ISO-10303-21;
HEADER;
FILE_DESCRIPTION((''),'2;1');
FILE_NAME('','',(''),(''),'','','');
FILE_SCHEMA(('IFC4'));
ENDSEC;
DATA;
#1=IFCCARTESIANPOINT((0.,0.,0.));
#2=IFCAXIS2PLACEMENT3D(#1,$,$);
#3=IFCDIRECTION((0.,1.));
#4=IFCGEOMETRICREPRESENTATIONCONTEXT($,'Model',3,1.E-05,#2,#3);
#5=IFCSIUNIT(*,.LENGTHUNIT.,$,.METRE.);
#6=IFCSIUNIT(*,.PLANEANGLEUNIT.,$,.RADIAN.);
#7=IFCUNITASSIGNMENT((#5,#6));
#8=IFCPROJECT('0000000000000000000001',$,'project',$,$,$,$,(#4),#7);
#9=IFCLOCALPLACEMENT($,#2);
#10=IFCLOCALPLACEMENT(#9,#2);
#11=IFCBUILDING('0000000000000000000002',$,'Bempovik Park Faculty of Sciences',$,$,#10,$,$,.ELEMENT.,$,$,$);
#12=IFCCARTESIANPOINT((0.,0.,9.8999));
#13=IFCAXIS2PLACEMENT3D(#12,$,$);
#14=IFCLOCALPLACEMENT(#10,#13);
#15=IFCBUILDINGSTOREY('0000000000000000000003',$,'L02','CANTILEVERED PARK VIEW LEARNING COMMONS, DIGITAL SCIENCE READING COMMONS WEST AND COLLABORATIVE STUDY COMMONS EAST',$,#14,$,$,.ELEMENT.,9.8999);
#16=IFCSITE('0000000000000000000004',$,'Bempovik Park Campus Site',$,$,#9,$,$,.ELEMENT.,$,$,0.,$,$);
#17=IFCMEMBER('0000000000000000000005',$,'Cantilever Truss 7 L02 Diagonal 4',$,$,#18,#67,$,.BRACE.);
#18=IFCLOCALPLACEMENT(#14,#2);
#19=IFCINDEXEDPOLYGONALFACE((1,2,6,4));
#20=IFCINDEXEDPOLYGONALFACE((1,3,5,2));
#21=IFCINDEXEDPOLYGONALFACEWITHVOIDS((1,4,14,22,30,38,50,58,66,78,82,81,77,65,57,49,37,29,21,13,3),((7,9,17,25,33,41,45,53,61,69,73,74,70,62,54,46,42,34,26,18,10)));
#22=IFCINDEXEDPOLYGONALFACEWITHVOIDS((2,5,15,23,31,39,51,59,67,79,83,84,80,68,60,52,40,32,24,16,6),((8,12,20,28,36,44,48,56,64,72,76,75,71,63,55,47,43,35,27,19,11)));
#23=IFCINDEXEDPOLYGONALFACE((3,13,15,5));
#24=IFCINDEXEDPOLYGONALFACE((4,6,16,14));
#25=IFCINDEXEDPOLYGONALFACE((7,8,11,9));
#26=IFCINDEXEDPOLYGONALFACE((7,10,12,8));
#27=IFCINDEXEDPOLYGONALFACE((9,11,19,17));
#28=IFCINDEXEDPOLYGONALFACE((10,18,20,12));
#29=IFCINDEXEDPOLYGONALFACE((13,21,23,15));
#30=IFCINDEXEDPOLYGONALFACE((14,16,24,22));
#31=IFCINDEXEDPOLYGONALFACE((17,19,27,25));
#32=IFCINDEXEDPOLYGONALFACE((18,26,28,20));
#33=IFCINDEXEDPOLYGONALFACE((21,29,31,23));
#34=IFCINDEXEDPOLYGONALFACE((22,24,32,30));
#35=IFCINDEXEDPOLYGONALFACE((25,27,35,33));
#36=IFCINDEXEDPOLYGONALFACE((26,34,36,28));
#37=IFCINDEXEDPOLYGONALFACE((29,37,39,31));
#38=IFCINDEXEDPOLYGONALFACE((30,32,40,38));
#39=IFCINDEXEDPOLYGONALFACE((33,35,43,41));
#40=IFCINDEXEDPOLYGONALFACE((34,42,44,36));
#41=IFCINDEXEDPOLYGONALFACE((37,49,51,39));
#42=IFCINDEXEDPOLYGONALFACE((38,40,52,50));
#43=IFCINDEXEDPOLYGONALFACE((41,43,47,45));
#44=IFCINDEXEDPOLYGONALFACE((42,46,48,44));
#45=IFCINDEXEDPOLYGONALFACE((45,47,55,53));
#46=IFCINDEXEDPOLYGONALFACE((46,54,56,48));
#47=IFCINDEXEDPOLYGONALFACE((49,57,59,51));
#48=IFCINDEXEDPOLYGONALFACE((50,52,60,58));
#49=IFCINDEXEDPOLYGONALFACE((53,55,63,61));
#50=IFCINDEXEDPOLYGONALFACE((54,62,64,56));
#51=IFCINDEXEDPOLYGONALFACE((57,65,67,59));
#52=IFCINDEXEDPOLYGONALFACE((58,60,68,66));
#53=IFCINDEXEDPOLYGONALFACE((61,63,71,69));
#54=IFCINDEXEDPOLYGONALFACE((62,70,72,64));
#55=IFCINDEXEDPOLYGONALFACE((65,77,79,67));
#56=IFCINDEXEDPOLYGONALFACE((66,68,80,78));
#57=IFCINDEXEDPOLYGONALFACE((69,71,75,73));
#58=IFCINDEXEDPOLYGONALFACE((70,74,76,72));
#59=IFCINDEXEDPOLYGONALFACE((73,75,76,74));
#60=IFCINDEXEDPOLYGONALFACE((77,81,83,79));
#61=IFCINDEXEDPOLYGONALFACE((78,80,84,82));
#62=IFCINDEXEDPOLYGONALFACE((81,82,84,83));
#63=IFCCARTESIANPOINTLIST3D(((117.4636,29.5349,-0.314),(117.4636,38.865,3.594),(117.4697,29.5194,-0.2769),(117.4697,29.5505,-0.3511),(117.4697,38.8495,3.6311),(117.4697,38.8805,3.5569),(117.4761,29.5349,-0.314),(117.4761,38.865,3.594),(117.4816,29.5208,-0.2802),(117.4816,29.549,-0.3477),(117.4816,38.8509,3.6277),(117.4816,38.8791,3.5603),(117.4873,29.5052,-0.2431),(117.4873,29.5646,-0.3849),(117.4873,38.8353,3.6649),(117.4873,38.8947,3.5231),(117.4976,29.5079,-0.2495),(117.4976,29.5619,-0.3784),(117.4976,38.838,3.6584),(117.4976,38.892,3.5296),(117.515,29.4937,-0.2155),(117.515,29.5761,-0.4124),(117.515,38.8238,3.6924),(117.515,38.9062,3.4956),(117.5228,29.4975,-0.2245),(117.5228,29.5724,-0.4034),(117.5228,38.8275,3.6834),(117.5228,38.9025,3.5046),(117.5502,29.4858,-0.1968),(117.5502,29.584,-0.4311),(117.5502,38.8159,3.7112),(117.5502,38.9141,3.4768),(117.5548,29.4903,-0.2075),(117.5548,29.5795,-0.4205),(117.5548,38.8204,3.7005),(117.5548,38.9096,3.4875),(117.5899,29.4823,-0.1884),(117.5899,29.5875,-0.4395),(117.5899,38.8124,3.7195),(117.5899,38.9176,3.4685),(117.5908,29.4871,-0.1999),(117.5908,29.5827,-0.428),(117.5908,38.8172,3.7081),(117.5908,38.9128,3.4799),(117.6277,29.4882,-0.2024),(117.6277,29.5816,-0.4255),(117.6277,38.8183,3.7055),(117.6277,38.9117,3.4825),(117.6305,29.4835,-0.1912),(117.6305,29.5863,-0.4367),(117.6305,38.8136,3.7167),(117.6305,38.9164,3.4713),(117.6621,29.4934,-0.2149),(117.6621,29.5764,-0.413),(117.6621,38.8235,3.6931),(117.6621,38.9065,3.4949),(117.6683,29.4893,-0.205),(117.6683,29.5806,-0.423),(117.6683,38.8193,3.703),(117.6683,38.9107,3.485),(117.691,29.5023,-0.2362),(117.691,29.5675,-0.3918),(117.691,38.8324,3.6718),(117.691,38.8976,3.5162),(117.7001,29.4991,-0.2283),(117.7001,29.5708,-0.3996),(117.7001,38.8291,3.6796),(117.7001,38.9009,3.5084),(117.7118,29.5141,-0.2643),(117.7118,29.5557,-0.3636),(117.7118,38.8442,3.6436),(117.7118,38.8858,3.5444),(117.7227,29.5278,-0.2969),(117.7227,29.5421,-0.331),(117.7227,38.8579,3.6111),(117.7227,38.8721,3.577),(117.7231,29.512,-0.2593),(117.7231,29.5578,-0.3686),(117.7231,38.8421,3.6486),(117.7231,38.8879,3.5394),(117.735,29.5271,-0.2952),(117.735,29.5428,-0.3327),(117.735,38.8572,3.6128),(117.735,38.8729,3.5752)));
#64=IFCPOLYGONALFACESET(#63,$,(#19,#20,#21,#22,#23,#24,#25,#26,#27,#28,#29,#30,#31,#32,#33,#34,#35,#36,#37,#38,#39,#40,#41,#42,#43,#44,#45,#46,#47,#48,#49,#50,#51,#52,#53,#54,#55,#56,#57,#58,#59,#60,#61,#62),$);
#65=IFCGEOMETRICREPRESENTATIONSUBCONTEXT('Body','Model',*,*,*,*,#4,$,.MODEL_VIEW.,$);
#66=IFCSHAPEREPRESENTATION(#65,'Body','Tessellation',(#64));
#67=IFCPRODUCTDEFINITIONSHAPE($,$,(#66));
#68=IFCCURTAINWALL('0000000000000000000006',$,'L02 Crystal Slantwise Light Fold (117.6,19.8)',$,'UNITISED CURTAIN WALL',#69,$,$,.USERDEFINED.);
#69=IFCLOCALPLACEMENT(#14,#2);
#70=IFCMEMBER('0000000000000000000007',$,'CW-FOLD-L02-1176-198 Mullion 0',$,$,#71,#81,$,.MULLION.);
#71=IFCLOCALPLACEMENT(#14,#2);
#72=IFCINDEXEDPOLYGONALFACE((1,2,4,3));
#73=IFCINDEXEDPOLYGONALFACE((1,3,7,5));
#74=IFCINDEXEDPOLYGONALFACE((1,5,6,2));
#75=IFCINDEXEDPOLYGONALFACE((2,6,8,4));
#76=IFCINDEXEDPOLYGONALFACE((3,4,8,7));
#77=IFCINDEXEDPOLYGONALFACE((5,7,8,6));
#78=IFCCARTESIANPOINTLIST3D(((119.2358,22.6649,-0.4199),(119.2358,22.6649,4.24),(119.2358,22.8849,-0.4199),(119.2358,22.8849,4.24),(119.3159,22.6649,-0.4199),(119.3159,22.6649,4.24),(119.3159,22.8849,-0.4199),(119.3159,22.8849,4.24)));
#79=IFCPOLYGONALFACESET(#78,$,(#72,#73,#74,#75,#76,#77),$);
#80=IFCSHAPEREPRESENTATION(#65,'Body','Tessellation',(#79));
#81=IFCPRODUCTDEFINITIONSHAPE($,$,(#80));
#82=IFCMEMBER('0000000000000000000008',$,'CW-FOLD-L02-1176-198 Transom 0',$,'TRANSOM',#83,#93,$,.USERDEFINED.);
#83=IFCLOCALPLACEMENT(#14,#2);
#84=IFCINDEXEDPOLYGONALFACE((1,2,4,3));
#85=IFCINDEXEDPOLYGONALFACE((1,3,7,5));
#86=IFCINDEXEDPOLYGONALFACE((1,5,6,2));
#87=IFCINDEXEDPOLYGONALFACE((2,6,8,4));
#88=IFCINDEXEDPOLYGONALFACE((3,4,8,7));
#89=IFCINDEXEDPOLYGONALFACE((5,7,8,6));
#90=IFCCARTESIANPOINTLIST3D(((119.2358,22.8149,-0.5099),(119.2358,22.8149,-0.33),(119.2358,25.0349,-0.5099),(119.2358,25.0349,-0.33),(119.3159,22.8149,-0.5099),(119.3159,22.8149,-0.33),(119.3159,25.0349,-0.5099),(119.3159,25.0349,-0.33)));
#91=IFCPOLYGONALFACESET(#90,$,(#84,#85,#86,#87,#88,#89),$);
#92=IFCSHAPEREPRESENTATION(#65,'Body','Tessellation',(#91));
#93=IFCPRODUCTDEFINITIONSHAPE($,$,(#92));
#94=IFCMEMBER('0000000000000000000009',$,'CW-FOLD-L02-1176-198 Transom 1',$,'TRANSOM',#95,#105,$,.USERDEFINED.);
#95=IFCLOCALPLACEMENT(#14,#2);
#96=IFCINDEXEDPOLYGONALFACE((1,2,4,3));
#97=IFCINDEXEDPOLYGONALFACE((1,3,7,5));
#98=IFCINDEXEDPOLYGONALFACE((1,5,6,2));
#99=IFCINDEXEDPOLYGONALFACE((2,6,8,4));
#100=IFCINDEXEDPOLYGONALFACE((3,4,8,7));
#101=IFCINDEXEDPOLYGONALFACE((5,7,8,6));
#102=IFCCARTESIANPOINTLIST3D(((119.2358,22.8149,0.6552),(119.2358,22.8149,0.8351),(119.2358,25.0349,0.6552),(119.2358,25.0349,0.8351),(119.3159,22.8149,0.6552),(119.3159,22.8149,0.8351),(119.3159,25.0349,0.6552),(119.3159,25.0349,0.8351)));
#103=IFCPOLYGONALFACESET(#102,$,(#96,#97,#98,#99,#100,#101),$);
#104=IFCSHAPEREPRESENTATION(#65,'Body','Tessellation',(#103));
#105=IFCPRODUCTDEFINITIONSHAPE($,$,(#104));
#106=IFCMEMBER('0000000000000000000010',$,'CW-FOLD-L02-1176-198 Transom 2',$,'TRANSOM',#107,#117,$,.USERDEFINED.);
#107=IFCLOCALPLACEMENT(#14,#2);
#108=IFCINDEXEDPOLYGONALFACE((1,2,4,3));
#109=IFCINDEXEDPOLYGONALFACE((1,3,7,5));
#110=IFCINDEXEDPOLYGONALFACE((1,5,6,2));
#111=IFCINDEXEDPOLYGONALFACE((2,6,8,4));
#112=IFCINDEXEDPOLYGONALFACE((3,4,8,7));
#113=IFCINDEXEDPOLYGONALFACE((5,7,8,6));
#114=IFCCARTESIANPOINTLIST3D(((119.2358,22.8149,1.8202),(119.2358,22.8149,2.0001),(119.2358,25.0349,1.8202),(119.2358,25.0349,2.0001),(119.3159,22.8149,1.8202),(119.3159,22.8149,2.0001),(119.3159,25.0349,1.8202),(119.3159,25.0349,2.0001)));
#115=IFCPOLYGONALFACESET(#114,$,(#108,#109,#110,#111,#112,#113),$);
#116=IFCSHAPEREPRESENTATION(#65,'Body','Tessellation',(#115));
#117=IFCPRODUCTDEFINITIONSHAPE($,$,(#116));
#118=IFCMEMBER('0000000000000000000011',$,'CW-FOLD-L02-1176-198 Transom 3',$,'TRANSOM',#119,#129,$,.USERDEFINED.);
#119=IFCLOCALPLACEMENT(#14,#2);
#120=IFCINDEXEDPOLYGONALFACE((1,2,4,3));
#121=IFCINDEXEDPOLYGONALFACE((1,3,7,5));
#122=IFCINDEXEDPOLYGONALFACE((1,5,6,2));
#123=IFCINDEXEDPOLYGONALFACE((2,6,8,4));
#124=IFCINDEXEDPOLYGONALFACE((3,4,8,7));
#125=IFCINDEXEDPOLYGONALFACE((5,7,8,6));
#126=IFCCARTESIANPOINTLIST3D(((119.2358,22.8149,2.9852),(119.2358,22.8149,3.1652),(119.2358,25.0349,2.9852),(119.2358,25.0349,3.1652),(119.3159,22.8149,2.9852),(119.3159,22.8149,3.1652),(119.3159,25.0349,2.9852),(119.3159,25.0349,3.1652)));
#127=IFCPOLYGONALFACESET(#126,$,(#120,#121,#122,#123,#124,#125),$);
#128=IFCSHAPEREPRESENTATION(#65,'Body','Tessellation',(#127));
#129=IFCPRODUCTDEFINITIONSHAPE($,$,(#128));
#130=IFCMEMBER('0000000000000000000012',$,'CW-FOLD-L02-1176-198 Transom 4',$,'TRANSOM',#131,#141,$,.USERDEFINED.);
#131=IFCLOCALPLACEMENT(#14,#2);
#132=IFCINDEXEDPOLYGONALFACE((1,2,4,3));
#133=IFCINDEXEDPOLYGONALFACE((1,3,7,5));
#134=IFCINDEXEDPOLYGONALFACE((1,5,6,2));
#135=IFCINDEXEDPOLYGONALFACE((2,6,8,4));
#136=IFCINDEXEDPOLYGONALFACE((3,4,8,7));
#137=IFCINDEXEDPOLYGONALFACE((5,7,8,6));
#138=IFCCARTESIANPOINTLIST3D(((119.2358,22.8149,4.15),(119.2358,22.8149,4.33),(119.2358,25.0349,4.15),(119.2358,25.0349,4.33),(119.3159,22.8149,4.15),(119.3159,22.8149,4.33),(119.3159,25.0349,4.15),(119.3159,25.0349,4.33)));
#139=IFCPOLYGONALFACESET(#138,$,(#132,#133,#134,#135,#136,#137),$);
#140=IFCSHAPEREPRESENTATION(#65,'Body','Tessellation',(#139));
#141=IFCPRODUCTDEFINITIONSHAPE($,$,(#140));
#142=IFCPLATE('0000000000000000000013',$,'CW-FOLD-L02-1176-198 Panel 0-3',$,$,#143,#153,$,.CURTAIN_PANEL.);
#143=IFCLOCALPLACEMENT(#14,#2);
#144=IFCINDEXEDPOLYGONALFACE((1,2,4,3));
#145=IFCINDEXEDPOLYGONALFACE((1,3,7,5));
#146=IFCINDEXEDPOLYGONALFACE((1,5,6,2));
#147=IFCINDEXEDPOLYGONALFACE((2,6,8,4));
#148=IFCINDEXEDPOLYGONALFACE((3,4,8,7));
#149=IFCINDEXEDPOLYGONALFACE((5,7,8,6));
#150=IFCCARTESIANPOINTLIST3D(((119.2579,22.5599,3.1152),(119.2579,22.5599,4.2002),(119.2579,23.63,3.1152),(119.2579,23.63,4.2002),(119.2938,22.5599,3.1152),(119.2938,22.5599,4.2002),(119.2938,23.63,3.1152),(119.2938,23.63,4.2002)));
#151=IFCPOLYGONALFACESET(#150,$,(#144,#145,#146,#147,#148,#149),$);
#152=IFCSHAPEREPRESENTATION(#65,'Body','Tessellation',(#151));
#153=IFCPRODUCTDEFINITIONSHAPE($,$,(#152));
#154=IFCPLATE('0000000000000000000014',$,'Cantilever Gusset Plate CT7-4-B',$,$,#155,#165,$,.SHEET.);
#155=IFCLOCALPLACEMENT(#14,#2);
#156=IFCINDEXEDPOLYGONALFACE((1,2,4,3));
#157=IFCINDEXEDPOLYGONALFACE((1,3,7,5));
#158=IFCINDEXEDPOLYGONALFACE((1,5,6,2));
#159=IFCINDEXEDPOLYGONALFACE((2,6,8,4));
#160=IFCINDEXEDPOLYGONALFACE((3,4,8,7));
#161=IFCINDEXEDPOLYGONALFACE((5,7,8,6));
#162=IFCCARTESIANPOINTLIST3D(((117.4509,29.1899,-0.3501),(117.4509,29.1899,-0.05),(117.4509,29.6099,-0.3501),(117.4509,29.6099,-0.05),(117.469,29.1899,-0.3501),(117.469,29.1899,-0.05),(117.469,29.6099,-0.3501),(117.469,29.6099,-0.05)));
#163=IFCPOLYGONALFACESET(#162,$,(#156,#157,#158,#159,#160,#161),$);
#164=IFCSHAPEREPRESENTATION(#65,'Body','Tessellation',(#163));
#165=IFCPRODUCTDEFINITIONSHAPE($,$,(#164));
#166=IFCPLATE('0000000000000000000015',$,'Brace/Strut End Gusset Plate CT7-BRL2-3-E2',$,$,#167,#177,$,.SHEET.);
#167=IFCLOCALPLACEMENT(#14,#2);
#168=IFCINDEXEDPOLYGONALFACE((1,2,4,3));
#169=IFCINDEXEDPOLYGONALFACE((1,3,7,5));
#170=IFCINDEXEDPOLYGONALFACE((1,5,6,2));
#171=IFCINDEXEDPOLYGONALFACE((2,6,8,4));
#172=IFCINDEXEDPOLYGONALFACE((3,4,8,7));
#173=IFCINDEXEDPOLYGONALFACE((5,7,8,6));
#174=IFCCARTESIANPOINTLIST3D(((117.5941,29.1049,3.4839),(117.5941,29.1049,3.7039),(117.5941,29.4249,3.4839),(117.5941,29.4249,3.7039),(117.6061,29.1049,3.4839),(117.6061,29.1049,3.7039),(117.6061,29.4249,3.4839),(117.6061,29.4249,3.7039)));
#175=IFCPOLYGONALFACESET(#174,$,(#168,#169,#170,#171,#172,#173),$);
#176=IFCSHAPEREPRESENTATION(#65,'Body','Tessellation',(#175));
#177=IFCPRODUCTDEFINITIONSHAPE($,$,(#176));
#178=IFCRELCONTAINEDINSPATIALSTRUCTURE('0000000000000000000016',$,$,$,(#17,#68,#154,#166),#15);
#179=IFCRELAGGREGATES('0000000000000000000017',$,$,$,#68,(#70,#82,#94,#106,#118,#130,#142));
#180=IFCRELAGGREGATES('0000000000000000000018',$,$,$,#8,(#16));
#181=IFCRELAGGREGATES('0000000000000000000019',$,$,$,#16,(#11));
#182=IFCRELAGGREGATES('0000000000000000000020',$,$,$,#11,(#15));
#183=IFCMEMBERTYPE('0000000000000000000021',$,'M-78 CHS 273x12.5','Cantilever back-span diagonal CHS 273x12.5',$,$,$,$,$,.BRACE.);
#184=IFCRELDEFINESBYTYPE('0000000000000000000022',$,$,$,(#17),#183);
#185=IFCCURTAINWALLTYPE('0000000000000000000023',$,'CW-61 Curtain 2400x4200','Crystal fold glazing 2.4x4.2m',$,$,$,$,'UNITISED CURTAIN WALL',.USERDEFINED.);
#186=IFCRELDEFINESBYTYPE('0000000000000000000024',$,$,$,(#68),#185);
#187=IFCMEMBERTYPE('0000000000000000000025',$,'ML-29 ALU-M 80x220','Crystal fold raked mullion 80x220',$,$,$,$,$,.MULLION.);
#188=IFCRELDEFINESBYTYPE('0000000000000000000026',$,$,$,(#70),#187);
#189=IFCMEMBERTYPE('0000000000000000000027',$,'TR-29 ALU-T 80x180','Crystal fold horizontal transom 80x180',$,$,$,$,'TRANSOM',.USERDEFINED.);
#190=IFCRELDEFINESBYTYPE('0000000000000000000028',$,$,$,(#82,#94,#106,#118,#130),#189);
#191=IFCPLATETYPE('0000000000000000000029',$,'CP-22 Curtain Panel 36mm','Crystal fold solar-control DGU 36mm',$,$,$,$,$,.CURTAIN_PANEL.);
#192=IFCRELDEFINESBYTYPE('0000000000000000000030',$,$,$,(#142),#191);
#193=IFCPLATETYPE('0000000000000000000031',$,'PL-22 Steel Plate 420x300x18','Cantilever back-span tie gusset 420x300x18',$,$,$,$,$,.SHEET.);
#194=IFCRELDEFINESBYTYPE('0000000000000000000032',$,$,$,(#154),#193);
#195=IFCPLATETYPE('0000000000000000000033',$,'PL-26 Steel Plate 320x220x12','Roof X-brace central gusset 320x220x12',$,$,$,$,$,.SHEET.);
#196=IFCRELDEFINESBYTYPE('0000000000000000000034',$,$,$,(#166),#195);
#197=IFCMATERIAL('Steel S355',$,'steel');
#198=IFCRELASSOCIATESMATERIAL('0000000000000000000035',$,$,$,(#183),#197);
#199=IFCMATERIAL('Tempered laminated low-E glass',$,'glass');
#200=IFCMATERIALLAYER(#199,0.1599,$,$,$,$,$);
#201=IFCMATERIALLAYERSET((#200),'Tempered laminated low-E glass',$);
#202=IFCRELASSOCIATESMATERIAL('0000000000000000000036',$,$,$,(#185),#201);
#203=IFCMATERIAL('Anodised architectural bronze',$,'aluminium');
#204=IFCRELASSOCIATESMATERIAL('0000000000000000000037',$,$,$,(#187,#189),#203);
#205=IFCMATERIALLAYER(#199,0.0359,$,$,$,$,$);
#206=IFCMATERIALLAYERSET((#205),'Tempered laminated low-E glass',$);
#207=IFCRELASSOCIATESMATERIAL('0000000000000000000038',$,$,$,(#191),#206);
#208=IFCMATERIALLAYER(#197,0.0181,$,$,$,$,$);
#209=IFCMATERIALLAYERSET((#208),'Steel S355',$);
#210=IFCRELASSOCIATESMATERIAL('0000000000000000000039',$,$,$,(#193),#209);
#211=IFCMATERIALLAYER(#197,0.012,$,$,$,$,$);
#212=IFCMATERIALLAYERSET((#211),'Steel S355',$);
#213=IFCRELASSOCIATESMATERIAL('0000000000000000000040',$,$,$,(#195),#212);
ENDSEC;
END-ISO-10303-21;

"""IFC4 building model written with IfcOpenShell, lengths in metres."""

from ifc_helpers import new_model, si_unit, direction, frame, origin, origin_2d, place, context, subcontext, project, spatial, rectangle, hollow_circle, extrude, material, layer, layer_set, material_profile, profile_set, type_object, element, aggregate, save


model = new_model("IFC4")

# Units and contexts
model_context = context("Model", 3, precision=1e-05, world=origin(), true_north=direction((0.0, 1.0)))
body_context = subcontext(model_context, "Body", "Model", "MODEL_VIEW")
ifc_project = project(units=[si_unit("LENGTHUNIT", "METRE"), si_unit("PLANEANGLEUNIT", "RADIAN")], contexts=[model_context])

# Site, building, storey
site_placement = place(None, origin())
site = spatial("IfcSite", under=ifc_project, at=site_placement, Name="Bempovik Park Campus Site", CompositionType="ELEMENT", RefElevation=0.0)
building_placement = place(site_placement, origin())
building = spatial("IfcBuilding", under=site, at=building_placement, Name="Bempovik Park Faculty of Sciences", CompositionType="ELEMENT")
storey_placement = place(building_placement, frame((0.0, 0.0, 9.8999)))
storey = spatial("IfcBuildingStorey", under=building, at=storey_placement, Name="L02", Description="CANTILEVERED PARK VIEW LEARNING COMMONS, DIGITAL SCIENCE READING COMMONS WEST AND COLLABORATIVE STUDY COMMONS EAST", CompositionType="ELEMENT", Elevation=9.8999)

# Member
ifc_material_1 = material(Name="Steel S355", Category="steel")
ifc_material_profile_1 = material_profile(ifc_material_1, hollow_circle(Radius=0.1365, WallThickness=0.0125, at=origin_2d()), Name="CHS 273x12.5")
ifc_profile_set_1 = profile_set([ifc_material_profile_1], Name="Steel S355")
member_type_1 = type_object("IfcMemberType", Name="M-78 CHS 273x12.5", Description="Cantilever back-span diagonal CHS 273x12.5", PredefinedType="BRACE", material=ifc_profile_set_1)
member_1_placement = place(storey_placement, frame((117.6001, 29.5349, -0.314), z_axis=(0.0, 0.922358, 0.386335), x_axis=(-1.0, 0.0, 0.0)))
element("IfcMember", 1, at=member_1_placement, inside=storey, type_object=member_type_1, Name="Cantilever Truss 7 L02 Diagonal 4", PredefinedType="BRACE", context=body_context, shape_type="SweptSolid", body=[
    extrude(hollow_circle(Radius=0.1365, WallThickness=0.0125, at=origin_2d()), origin(), (0.0, 0.0, 1.0), 10.1155),
])

# Curtain wall, members, plate
ifc_material_2 = material(Name="Tempered laminated low-E glass", Category="glass")
ifc_layer_1 = layer(ifc_material_2, 0.1599)
ifc_layer_set_1 = layer_set([ifc_layer_1], Name="Tempered laminated low-E glass")
curtain_wall_type = type_object("IfcCurtainWallType", Name="CW-61 Curtain 2400x4200", Description="Crystal fold glazing 2.4x4.2m", ElementType="UNITISED CURTAIN WALL", PredefinedType="USERDEFINED", material=ifc_layer_set_1)
curtain_wall_placement = place(storey_placement, origin())
curtain_wall = element("IfcCurtainWall", 2, at=curtain_wall_placement, inside=storey, type_object=curtain_wall_type, Name="L02 Crystal Slantwise Light Fold (117.6,19.8)", ObjectType="UNITISED CURTAIN WALL", PredefinedType="USERDEFINED")
ifc_material_3 = material(Name="Anodised architectural bronze", Category="aluminium")
ifc_material_profile_2 = material_profile(ifc_material_3, rectangle(XDim=0.0801, YDim=0.22, at=origin_2d()), Name="ALU-M 80x220")
ifc_profile_set_2 = profile_set([ifc_material_profile_2], Name="Anodised architectural bronze")
member_type_2 = type_object("IfcMemberType", Name="ML-29 ALU-M 80x220", Description="Crystal fold raked mullion 80x220", PredefinedType="MULLION", material=ifc_profile_set_2)
member_2_placement = place(storey_placement, frame((119.2759, 22.7749, -0.4199), z_axis=(0.0, 0.0, 1.0), x_axis=(1.0, 0.0, 0.0)))
member_2 = element("IfcMember", 3, at=member_2_placement, type_object=member_type_2, Name="CW-FOLD-L02-1176-198 Mullion 0", PredefinedType="MULLION", context=body_context, shape_type="SweptSolid", body=[
    extrude(rectangle(XDim=0.0801, YDim=0.22, at=origin_2d()), origin(), (0.0, 0.0, 1.0), 4.6599),
])
ifc_material_profile_3 = material_profile(ifc_material_3, rectangle(XDim=0.0801, YDim=0.1799, at=origin_2d()), Name="ALU-T 80x180")
ifc_profile_set_3 = profile_set([ifc_material_profile_3], Name="Anodised architectural bronze")
member_type_3 = type_object("IfcMemberType", Name="TR-29 ALU-T 80x180", Description="Crystal fold horizontal transom 80x180", ElementType="TRANSOM", PredefinedType="USERDEFINED", material=ifc_profile_set_3)
member_3_placement = place(storey_placement, frame((119.2759, 22.8149, -0.4199), z_axis=(0.0, 1.0, 0.0), x_axis=(-1.0, 0.0, 0.0)))
member_3 = element("IfcMember", 4, at=member_3_placement, type_object=member_type_3, Name="CW-FOLD-L02-1176-198 Transom 0", ObjectType="TRANSOM", PredefinedType="USERDEFINED", context=body_context, shape_type="SweptSolid", body=[
    extrude(rectangle(XDim=0.0801, YDim=0.1799, at=origin_2d()), origin(), (0.0, 0.0, 1.0), 2.22),
])
member_4_placement = place(storey_placement, frame((119.2759, 22.8149, 0.7451), z_axis=(0.0, 1.0, 0.0), x_axis=(-1.0, 0.0, 0.0)))
member_4 = element("IfcMember", 5, at=member_4_placement, type_object=member_type_3, Name="CW-FOLD-L02-1176-198 Transom 1", ObjectType="TRANSOM", PredefinedType="USERDEFINED", context=body_context, shape_type="SweptSolid", body=[
    extrude(rectangle(XDim=0.0801, YDim=0.1799, at=origin_2d()), origin(), (0.0, 0.0, 1.0), 2.22),
])
member_5_placement = place(storey_placement, frame((119.2759, 22.8149, 1.9102), z_axis=(0.0, 1.0, 0.0), x_axis=(-1.0, 0.0, 0.0)))
member_5 = element("IfcMember", 6, at=member_5_placement, type_object=member_type_3, Name="CW-FOLD-L02-1176-198 Transom 2", ObjectType="TRANSOM", PredefinedType="USERDEFINED", context=body_context, shape_type="SweptSolid", body=[
    extrude(rectangle(XDim=0.0801, YDim=0.1799, at=origin_2d()), origin(), (0.0, 0.0, 1.0), 2.22),
])
member_6_placement = place(storey_placement, frame((119.2759, 22.8149, 3.0752), z_axis=(0.0, 1.0, 0.0), x_axis=(-1.0, 0.0, 0.0)))
member_6 = element("IfcMember", 7, at=member_6_placement, type_object=member_type_3, Name="CW-FOLD-L02-1176-198 Transom 3", ObjectType="TRANSOM", PredefinedType="USERDEFINED", context=body_context, shape_type="SweptSolid", body=[
    extrude(rectangle(XDim=0.0801, YDim=0.1799, at=origin_2d()), origin(), (0.0, 0.0, 1.0), 2.22),
])
member_7_placement = place(storey_placement, frame((119.2759, 22.8149, 4.24), z_axis=(0.0, 1.0, 0.0), x_axis=(-1.0, 0.0, 0.0)))
member_7 = element("IfcMember", 8, at=member_7_placement, type_object=member_type_3, Name="CW-FOLD-L02-1176-198 Transom 4", ObjectType="TRANSOM", PredefinedType="USERDEFINED", context=body_context, shape_type="SweptSolid", body=[
    extrude(rectangle(XDim=0.0801, YDim=0.1799, at=origin_2d()), origin(), (0.0, 0.0, 1.0), 2.22),
])
ifc_layer_2 = layer(ifc_material_2, 0.0359)
ifc_layer_set_2 = layer_set([ifc_layer_2], Name="Tempered laminated low-E glass")
plate_type_1 = type_object("IfcPlateType", Name="CP-22 Curtain Panel 36mm", Description="Crystal fold solar-control DGU 36mm", PredefinedType="CURTAIN_PANEL", material=ifc_layer_set_2)
plate_1_placement = place(storey_placement, frame((119.2759, 23.095, 3.1152), z_axis=(0.0, 0.0, 1.0), x_axis=(0.0, 1.0, 0.0)))
plate_1 = element("IfcPlate", 9, at=plate_1_placement, type_object=plate_type_1, Name="CW-FOLD-L02-1176-198 Panel 0-3", PredefinedType="CURTAIN_PANEL", context=body_context, shape_type="SweptSolid", body=[
    extrude(rectangle(XDim=1.0701, YDim=0.0359, at=origin_2d()), origin(), (0.0, 0.0, 1.0), 1.085),
])
aggregate(curtain_wall, [member_2, member_3, member_4, member_5, member_6, member_7, plate_1])

# Plates
ifc_layer_3 = layer(ifc_material_1, 0.0181)
ifc_layer_set_3 = layer_set([ifc_layer_3], Name="Steel S355")
plate_type_2 = type_object("IfcPlateType", Name="PL-22 Steel Plate 420x300x18", Description="Cantilever back-span tie gusset 420x300x18", PredefinedType="SHEET", material=ifc_layer_set_3)
plate_2_placement = place(storey_placement, frame((117.46, 29.3999, -0.3501), z_axis=(0.0, 0.0, 1.0), x_axis=(1.0, 0.0, 0.0)))
element("IfcPlate", 10, at=plate_2_placement, inside=storey, type_object=plate_type_2, Name="Cantilever Gusset Plate CT7-4-B", PredefinedType="SHEET", context=body_context, shape_type="SweptSolid", body=[
    extrude(rectangle(XDim=0.0181, YDim=0.4199, at=origin_2d()), origin(), (0.0, 0.0, 1.0), 0.3),
])
ifc_layer_4 = layer(ifc_material_1, 0.012)
ifc_layer_set_4 = layer_set([ifc_layer_4], Name="Steel S355")
plate_type_3 = type_object("IfcPlateType", Name="PL-26 Steel Plate 320x220x12", Description="Roof X-brace central gusset 320x220x12", PredefinedType="SHEET", material=ifc_layer_set_4)
plate_3_placement = place(storey_placement, frame((117.6001, 29.2649, 3.4839), z_axis=(0.0, 0.0, 1.0), x_axis=(1.0, 0.0, 0.0)))
element("IfcPlate", 11, at=plate_3_placement, inside=storey, type_object=plate_type_3, Name="Brace/Strut End Gusset Plate CT7-BRL2-3-E2", PredefinedType="SHEET", context=body_context, shape_type="SweptSolid", body=[
    extrude(rectangle(XDim=0.012, YDim=0.3201, at=origin_2d()), origin(), (0.0, 0.0, 1.0), 0.22),
])

save(model, "model.ifc")
